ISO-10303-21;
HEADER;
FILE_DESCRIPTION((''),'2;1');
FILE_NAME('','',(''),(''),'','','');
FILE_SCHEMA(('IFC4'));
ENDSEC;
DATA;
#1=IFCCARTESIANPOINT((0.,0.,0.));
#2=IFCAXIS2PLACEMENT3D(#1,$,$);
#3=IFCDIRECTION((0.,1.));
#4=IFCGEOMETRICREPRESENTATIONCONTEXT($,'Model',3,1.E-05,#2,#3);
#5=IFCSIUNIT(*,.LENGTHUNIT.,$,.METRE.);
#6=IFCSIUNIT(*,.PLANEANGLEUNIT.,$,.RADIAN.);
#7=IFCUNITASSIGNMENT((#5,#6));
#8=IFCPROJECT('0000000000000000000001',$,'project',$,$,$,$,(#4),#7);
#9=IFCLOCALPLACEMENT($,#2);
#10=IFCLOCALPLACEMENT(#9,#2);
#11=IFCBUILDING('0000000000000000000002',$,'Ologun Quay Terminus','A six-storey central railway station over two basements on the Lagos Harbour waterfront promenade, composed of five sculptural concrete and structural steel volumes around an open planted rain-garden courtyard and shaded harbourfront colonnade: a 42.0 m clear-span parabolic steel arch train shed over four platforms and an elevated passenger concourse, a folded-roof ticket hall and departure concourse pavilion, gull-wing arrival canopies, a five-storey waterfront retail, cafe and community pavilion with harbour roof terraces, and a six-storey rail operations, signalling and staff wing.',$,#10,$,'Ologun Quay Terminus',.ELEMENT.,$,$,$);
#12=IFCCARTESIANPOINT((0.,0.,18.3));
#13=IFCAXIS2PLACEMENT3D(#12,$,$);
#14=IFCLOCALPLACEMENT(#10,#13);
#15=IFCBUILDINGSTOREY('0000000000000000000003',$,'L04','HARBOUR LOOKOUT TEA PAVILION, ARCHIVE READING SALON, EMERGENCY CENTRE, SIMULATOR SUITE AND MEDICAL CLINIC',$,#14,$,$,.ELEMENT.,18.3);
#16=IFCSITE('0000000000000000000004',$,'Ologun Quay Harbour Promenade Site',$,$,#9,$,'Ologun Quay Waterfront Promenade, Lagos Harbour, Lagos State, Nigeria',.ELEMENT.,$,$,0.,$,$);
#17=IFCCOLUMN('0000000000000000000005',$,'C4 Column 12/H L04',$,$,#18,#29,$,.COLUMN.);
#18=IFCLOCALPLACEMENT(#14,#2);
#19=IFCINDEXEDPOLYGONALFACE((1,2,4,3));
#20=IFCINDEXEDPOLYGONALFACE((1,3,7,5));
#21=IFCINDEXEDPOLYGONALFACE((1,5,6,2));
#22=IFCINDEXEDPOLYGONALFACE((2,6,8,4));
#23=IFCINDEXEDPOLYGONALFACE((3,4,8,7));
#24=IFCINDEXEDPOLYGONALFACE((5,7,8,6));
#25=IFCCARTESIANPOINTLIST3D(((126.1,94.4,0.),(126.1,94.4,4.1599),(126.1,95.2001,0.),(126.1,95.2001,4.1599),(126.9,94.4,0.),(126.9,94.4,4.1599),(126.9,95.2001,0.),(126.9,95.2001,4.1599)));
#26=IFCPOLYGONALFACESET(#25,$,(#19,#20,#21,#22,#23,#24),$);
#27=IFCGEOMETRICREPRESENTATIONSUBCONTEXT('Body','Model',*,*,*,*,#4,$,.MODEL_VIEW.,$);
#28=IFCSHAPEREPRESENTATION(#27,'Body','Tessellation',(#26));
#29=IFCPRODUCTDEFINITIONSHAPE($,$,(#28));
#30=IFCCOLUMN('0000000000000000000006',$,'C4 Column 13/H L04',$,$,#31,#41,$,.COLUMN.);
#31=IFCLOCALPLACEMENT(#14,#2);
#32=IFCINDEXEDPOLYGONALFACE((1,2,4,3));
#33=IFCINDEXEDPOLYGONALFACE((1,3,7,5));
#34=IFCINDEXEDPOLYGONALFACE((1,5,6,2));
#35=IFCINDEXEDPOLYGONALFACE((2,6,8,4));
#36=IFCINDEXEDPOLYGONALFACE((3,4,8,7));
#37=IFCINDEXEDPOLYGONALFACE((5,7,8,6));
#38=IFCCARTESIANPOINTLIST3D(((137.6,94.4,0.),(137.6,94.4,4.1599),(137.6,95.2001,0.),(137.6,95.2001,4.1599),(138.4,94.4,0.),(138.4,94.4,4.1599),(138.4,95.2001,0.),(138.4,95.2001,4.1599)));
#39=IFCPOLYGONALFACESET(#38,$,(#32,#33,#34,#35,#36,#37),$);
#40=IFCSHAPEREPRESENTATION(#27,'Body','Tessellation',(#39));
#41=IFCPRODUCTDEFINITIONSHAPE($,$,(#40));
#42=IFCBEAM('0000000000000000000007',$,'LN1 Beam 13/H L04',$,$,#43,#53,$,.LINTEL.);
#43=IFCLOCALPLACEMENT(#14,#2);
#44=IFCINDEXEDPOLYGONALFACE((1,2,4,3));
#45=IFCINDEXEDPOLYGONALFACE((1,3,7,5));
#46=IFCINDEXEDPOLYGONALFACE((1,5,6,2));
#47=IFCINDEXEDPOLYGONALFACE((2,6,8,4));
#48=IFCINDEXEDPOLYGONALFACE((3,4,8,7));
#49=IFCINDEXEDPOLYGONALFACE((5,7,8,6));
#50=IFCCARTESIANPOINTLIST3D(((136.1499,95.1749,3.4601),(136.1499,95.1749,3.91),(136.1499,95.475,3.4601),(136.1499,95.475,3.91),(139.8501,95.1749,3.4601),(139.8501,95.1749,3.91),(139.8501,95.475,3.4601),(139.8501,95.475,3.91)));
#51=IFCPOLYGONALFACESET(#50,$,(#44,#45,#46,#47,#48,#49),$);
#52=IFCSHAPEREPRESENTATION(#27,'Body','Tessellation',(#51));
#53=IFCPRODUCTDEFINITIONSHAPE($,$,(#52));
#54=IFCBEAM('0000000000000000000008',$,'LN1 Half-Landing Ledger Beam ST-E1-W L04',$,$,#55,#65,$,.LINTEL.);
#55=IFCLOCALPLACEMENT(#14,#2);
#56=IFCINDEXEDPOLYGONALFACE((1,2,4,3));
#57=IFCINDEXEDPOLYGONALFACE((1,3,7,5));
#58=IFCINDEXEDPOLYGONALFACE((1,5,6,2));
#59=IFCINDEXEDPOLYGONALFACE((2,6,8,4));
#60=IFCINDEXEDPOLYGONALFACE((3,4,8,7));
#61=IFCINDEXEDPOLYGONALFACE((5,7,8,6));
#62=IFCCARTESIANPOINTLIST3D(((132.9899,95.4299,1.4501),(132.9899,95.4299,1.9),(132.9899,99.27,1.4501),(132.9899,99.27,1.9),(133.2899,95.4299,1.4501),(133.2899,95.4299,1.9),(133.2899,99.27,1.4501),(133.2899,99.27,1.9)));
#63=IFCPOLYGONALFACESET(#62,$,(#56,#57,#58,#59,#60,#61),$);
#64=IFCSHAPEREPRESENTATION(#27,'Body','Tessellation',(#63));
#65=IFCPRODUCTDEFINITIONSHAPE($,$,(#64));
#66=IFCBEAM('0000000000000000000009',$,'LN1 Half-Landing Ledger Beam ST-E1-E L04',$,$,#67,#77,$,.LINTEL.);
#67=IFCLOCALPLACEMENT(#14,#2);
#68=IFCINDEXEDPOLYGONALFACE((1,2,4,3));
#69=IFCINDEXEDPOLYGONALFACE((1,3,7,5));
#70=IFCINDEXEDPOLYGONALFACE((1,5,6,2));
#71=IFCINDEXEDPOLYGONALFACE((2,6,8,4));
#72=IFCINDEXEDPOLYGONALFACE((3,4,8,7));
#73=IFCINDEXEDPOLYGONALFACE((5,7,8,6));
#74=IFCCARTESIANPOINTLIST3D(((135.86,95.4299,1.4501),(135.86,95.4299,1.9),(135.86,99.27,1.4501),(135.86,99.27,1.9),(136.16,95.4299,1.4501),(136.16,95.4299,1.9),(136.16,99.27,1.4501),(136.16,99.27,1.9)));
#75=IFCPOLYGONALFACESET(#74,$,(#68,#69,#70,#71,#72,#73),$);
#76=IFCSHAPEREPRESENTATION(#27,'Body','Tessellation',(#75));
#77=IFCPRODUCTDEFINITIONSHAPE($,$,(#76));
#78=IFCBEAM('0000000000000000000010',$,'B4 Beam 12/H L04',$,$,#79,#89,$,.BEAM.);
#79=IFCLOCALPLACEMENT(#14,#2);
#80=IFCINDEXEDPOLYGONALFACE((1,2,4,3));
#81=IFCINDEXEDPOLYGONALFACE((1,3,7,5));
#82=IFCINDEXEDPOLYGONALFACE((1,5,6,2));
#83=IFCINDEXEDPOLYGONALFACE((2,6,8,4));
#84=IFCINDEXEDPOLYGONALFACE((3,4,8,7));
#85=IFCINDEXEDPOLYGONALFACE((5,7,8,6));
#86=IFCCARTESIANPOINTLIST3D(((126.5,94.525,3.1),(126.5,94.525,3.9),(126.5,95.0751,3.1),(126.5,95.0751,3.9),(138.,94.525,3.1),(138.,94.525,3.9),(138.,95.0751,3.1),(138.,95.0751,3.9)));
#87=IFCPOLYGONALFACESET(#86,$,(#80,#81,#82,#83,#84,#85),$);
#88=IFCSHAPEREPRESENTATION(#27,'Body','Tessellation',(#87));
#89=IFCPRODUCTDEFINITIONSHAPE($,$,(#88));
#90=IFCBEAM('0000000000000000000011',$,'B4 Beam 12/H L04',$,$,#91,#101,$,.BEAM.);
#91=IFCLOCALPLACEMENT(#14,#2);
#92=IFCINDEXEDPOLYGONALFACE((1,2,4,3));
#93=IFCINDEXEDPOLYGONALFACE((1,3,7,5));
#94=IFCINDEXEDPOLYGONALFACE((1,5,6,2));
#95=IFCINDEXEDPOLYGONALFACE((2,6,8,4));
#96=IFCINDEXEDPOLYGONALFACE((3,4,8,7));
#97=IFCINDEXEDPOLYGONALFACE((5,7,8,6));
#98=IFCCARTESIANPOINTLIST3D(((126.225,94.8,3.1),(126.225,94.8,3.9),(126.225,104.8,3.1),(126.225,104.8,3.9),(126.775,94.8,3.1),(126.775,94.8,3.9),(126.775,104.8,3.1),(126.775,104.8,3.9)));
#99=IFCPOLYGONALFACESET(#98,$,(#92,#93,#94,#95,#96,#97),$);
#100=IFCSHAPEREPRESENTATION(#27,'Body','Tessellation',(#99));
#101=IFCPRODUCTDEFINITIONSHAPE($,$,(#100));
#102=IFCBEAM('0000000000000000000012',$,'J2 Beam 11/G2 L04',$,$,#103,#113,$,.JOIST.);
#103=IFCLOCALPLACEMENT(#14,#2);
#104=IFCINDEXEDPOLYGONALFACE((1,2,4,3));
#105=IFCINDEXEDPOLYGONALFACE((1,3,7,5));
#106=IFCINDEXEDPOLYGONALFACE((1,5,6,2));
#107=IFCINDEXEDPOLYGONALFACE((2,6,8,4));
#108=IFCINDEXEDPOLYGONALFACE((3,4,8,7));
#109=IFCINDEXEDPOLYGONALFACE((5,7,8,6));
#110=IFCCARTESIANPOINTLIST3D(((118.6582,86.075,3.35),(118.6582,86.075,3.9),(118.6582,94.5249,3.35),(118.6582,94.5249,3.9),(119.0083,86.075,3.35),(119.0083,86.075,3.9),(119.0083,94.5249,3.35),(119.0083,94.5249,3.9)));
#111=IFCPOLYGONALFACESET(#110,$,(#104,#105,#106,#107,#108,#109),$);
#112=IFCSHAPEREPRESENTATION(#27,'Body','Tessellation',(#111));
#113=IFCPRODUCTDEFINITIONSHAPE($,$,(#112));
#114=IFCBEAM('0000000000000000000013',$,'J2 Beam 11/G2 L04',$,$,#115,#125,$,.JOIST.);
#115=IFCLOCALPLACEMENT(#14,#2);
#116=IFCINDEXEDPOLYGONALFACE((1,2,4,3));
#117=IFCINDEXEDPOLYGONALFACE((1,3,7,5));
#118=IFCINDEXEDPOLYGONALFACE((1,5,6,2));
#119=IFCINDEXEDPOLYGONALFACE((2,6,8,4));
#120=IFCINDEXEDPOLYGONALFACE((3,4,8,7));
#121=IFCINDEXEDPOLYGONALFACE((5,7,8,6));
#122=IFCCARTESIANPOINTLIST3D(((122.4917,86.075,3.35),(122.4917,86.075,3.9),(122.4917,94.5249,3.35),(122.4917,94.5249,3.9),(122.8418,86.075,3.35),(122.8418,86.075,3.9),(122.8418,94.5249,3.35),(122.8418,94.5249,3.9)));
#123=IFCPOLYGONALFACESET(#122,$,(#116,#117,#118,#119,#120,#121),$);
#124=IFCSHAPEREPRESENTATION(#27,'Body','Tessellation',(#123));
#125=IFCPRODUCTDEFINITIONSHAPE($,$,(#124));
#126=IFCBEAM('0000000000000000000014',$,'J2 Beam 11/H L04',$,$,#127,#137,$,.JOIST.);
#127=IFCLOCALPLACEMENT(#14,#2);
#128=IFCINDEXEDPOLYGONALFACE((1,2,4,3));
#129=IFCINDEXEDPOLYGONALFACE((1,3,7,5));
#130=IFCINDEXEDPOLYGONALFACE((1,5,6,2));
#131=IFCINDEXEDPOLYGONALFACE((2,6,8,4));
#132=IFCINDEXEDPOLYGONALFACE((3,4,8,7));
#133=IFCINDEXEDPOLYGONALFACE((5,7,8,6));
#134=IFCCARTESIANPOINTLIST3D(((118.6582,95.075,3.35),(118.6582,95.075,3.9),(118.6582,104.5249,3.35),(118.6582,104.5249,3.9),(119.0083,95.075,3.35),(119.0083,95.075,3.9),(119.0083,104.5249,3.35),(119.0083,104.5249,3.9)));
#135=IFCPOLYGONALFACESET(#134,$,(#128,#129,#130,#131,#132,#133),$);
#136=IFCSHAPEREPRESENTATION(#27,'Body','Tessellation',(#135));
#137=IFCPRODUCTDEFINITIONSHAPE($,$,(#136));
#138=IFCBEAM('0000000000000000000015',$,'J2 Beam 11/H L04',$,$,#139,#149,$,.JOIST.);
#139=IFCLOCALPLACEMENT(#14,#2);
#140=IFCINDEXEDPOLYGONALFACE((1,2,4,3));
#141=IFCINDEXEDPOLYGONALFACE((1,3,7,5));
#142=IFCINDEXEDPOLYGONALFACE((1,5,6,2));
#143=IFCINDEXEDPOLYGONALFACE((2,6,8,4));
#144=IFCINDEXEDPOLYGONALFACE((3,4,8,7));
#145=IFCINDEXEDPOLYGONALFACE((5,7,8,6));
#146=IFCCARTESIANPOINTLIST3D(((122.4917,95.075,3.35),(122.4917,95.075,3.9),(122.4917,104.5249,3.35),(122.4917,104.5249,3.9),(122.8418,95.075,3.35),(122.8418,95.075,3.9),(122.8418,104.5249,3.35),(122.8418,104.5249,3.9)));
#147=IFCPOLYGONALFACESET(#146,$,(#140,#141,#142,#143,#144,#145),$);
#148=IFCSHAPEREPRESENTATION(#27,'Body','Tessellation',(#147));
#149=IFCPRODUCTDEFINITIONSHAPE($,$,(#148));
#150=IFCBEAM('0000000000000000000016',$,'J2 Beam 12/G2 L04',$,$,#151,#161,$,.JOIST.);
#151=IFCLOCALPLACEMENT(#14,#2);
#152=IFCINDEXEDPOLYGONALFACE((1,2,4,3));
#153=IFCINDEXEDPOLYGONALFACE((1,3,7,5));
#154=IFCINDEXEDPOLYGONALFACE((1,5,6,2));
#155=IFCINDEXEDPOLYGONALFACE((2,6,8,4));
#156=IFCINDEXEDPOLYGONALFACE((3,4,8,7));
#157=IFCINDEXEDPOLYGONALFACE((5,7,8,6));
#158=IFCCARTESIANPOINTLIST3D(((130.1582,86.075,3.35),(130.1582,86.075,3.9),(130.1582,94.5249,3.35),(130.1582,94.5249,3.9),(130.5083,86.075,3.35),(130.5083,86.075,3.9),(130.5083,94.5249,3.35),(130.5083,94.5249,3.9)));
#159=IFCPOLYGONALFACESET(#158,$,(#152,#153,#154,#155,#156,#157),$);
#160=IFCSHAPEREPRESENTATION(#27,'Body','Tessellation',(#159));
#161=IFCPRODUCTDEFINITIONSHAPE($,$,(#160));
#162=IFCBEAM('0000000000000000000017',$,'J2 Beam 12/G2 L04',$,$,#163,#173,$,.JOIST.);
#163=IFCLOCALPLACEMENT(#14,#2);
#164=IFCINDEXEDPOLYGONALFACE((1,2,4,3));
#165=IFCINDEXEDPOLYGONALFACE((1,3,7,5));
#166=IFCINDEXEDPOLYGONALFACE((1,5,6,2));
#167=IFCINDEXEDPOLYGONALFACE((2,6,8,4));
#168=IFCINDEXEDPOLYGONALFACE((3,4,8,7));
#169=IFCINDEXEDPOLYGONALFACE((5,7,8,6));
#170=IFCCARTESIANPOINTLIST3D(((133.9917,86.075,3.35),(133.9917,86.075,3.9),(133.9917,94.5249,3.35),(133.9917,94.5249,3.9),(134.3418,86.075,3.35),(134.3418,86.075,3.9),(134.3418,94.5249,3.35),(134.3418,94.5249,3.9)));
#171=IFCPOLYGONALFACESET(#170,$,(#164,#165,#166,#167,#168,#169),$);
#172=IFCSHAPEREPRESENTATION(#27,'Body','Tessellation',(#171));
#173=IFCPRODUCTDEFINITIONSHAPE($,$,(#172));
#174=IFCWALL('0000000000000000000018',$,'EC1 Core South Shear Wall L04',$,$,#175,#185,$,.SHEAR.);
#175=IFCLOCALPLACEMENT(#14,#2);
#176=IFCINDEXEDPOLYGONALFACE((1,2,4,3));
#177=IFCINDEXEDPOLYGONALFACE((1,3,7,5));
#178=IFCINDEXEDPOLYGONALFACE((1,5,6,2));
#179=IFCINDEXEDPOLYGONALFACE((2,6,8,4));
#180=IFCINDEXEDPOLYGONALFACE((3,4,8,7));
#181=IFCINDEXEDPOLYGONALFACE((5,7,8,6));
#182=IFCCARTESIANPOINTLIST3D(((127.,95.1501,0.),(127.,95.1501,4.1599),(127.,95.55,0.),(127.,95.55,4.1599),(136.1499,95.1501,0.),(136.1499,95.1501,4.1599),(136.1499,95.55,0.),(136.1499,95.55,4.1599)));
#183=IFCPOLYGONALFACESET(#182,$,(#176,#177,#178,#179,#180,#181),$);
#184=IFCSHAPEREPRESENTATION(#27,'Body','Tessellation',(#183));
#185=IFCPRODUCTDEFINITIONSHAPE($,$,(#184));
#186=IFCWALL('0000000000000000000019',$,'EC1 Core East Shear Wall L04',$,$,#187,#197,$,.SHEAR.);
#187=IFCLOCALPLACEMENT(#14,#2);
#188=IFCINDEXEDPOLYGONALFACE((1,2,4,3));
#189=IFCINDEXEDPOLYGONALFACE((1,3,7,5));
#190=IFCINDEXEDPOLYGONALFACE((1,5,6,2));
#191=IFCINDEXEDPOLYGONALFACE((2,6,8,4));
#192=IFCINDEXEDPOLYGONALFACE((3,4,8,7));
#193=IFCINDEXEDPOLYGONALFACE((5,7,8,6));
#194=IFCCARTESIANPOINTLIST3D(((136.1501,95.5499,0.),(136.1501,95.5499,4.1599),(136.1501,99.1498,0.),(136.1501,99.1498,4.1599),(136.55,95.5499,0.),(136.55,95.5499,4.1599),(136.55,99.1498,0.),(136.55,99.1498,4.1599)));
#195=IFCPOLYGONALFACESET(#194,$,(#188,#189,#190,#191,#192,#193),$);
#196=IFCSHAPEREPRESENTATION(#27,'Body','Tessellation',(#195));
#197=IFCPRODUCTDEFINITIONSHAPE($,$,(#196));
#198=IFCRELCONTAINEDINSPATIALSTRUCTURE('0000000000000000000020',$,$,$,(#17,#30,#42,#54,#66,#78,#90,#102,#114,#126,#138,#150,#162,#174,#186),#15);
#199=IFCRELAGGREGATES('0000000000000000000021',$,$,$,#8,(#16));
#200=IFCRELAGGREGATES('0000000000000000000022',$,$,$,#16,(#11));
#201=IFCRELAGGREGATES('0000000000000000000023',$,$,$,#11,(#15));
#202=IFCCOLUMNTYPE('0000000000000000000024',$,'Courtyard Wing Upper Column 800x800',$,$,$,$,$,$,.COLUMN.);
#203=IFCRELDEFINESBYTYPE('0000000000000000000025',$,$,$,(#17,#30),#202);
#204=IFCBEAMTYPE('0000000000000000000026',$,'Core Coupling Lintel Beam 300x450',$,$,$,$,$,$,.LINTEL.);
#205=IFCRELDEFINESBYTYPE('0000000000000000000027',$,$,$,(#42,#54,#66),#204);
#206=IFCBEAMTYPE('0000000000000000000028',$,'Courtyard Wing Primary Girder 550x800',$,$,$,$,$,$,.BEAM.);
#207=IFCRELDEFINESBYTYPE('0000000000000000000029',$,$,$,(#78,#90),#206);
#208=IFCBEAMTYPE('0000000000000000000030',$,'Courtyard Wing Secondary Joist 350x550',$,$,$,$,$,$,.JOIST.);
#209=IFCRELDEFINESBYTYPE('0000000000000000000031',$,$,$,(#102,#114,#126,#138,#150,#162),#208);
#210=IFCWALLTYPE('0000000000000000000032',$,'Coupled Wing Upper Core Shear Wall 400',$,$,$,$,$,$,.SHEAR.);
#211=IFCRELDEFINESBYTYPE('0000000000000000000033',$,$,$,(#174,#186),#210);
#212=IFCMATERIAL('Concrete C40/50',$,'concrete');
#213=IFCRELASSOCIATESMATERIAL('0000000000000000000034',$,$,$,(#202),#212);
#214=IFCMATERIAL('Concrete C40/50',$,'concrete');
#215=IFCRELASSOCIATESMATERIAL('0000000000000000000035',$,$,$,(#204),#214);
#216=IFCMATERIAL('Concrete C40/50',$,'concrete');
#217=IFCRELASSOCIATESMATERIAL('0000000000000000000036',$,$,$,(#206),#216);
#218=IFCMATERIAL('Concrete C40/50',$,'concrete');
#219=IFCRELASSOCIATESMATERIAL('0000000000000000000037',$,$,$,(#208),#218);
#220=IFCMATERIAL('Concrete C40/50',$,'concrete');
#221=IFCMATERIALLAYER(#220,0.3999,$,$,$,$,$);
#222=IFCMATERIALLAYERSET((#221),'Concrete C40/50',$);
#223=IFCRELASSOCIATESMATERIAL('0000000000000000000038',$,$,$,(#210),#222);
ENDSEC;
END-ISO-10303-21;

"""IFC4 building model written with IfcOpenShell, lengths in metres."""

from ifc_helpers import new_model, si_unit, direction, frame, frame_2d, origin, origin_2d, place, context, subcontext, project, spatial, rectangle, extrude, material, layer, layer_set, material_profile, profile_set, type_object, element, save


model = new_model("IFC4")

# Units and contexts
model_context = context("Model", 3, precision=1e-05, world=origin(), true_north=direction((0.0, 1.0)))
body_context = subcontext(model_context, "Body", "Model", "MODEL_VIEW")
ifc_project = project(units=[si_unit("LENGTHUNIT", "METRE"), si_unit("PLANEANGLEUNIT", "RADIAN")], contexts=[model_context])

# Site, building, storey
site_placement = place(None, origin())
site = spatial("IfcSite", under=ifc_project, at=site_placement, Name="Ologun Quay Harbour Promenade Site", LongName="Ologun Quay Waterfront Promenade, Lagos Harbour, Lagos State, Nigeria", CompositionType="ELEMENT", RefElevation=0.0)
building_placement = place(site_placement, origin())
building = spatial("IfcBuilding", under=site, at=building_placement, Name="Ologun Quay Terminus", Description="A six-storey central railway station over two basements on the Lagos Harbour waterfront promenade, composed of five sculptural concrete and structural steel volumes around an open planted rain-garden courtyard and shaded harbourfront colonnade: a 42.0 m clear-span parabolic steel arch train shed over four platforms and an elevated passenger concourse, a folded-roof ticket hall and departure concourse pavilion, gull-wing arrival canopies, a five-storey waterfront retail, cafe and community pavilion with harbour roof terraces, and a six-storey rail operations, signalling and staff wing.", LongName="Ologun Quay Terminus", CompositionType="ELEMENT")
storey_placement = place(building_placement, frame((0.0, 0.0, 18.3)))
storey = spatial("IfcBuildingStorey", under=building, at=storey_placement, Name="L04", Description="HARBOUR LOOKOUT TEA PAVILION, ARCHIVE READING SALON, EMERGENCY CENTRE, SIMULATOR SUITE AND MEDICAL CLINIC", CompositionType="ELEMENT", Elevation=18.3)

# Columns
ifc_material_1 = material(Name="Concrete C40/50", Category="concrete")
ifc_material_profile_1 = material_profile(ifc_material_1, rectangle(XDim=0.8, YDim=0.8, at=origin_2d()), Name="RC 800x800")
ifc_profile_set_1 = profile_set([ifc_material_profile_1], Name="Concrete C40/50")
column_type = type_object("IfcColumnType", Name="Courtyard Wing Upper Column 800x800", PredefinedType="COLUMN", material=ifc_profile_set_1)
for number, where, z_axis, x_axis, name in (
    (1, (126.5, 94.8, 0.0), (0.0, 0.0, 1.0), (1.0, 0.0, 0.0), "C4 Column 12/H L04"),
    (2, (138.0, 94.8, 0.0), (0.0, 0.0, 1.0), (1.0, 0.0, 0.0), "C4 Column 13/H L04"),
):
    element("IfcColumn", number, at=place(storey_placement, frame(where, z_axis=z_axis, x_axis=x_axis)), inside=storey, type_object=column_type, Name=name, PredefinedType="COLUMN", context=body_context, shape_type="SweptSolid", body=[
        extrude(rectangle(XDim=0.8, YDim=0.8, at=origin_2d()), origin(), (0.0, 0.0, 1.0), 4.1599),
    ])

# Beams
ifc_material_2 = material(Name="Concrete C40/50", Category="concrete")
ifc_material_profile_2 = material_profile(ifc_material_2, rectangle(XDim=0.3, YDim=0.45, at=origin_2d()), Name="RC 300x450")
ifc_profile_set_2 = profile_set([ifc_material_profile_2], Name="Concrete C40/50")
beam_type_1 = type_object("IfcBeamType", Name="Core Coupling Lintel Beam 300x450", PredefinedType="LINTEL", material=ifc_profile_set_2)
beam_1_placement = place(storey_placement, frame((136.1499, 95.325, 3.6851), z_axis=(1.0, 0.0, 0.0), x_axis=(0.0, 1.0, 0.0)))
element("IfcBeam", 3, at=beam_1_placement, inside=storey, type_object=beam_type_1, Name="LN1 Beam 13/H L04", PredefinedType="LINTEL", context=body_context, shape_type="SweptSolid", body=[
    extrude(rectangle(XDim=0.3, YDim=0.45, at=origin_2d()), origin(), (0.0, 0.0, 1.0), 3.7002),
])
for number, where, z_axis, x_axis, name in (
    (4, (133.1399, 95.4299, 1.675), (0.0, 1.0, 0.0), (-1.0, 0.0, 0.0), "LN1 Half-Landing Ledger Beam ST-E1-W L04"),
    (5, (136.01, 95.4299, 1.675), (0.0, 1.0, 0.0), (-1.0, 0.0, 0.0), "LN1 Half-Landing Ledger Beam ST-E1-E L04"),
):
    element("IfcBeam", number, at=place(storey_placement, frame(where, z_axis=z_axis, x_axis=x_axis)), inside=storey, type_object=beam_type_1, Name=name, PredefinedType="LINTEL", context=body_context, shape_type="SweptSolid", body=[
        extrude(rectangle(XDim=0.3, YDim=0.45, at=origin_2d()), origin(), (0.0, 0.0, 1.0), 3.8401),
    ])
ifc_material_3 = material(Name="Concrete C40/50", Category="concrete")
ifc_material_profile_3 = material_profile(ifc_material_3, rectangle(XDim=0.55, YDim=0.8, at=origin_2d()), Name="RC 550x800")
ifc_profile_set_3 = profile_set([ifc_material_profile_3], Name="Concrete C40/50")
beam_type_2 = type_object("IfcBeamType", Name="Courtyard Wing Primary Girder 550x800", PredefinedType="BEAM", material=ifc_profile_set_3)
beam_2_placement = place(storey_placement, frame((126.5, 94.8, 3.5), z_axis=(1.0, 0.0, 0.0), x_axis=(0.0, 1.0, 0.0)))
element("IfcBeam", 6, at=beam_2_placement, inside=storey, type_object=beam_type_2, Name="B4 Beam 12/H L04", PredefinedType="BEAM", context=body_context, shape_type="SweptSolid", body=[
    extrude(rectangle(XDim=0.55, YDim=0.8, at=origin_2d()), origin(), (0.0, 0.0, 1.0), 11.5),
])
beam_3_placement = place(storey_placement, frame((126.5, 94.8, 3.5), z_axis=(0.0, 1.0, 0.0), x_axis=(-1.0, 0.0, 0.0)))
element("IfcBeam", 7, at=beam_3_placement, inside=storey, type_object=beam_type_2, Name="B4 Beam 12/H L04", PredefinedType="BEAM", context=body_context, shape_type="SweptSolid", body=[
    extrude(rectangle(XDim=0.55, YDim=0.8, at=origin_2d()), origin(), (0.0, 0.0, 1.0), 10.0),
])
ifc_material_4 = material(Name="Concrete C40/50", Category="concrete")
ifc_material_profile_4 = material_profile(ifc_material_4, rectangle(XDim=0.3501, YDim=0.55, at=origin_2d()), Name="RC 350x550")
ifc_profile_set_4 = profile_set([ifc_material_profile_4], Name="Concrete C40/50")
beam_type_3 = type_object("IfcBeamType", Name="Courtyard Wing Secondary Joist 350x550", PredefinedType="JOIST", material=ifc_profile_set_4)
for number, where, z_axis, x_axis, name in (
    (8, (118.8333, 86.075, 3.625), (0.0, 1.0, 0.0), (-1.0, 0.0, 0.0), "J2 Beam 11/G2 L04"),
    (9, (122.6667, 86.075, 3.625), (0.0, 1.0, 0.0), (-1.0, 0.0, 0.0), "J2 Beam 11/G2 L04"),
):
    element("IfcBeam", number, at=place(storey_placement, frame(where, z_axis=z_axis, x_axis=x_axis)), inside=storey, type_object=beam_type_3, Name=name, PredefinedType="JOIST", context=body_context, shape_type="SweptSolid", body=[
        extrude(rectangle(XDim=0.3501, YDim=0.55, at=origin_2d()), origin(), (0.0, 0.0, 1.0), 8.45),
    ])
for number, where, z_axis, x_axis, name in (
    (10, (118.8333, 95.075, 3.625), (0.0, 1.0, 0.0), (-1.0, 0.0, 0.0), "J2 Beam 11/H L04"),
    (11, (122.6667, 95.075, 3.625), (0.0, 1.0, 0.0), (-1.0, 0.0, 0.0), "J2 Beam 11/H L04"),
):
    element("IfcBeam", number, at=place(storey_placement, frame(where, z_axis=z_axis, x_axis=x_axis)), inside=storey, type_object=beam_type_3, Name=name, PredefinedType="JOIST", context=body_context, shape_type="SweptSolid", body=[
        extrude(rectangle(XDim=0.3501, YDim=0.55, at=origin_2d()), origin(), (0.0, 0.0, 1.0), 9.45),
    ])
for number, where, z_axis, x_axis, name in (
    (12, (130.3333, 86.075, 3.625), (0.0, 1.0, 0.0), (-1.0, 0.0, 0.0), "J2 Beam 12/G2 L04"),
    (13, (134.1667, 86.075, 3.625), (0.0, 1.0, 0.0), (-1.0, 0.0, 0.0), "J2 Beam 12/G2 L04"),
):
    element("IfcBeam", number, at=place(storey_placement, frame(where, z_axis=z_axis, x_axis=x_axis)), inside=storey, type_object=beam_type_3, Name=name, PredefinedType="JOIST", context=body_context, shape_type="SweptSolid", body=[
        extrude(rectangle(XDim=0.3501, YDim=0.55, at=origin_2d()), origin(), (0.0, 0.0, 1.0), 8.45),
    ])

# Walls
ifc_material_5 = material(Name="Concrete C40/50", Category="concrete")
ifc_layer_1 = layer(ifc_material_5, 0.3999)
ifc_layer_set_1 = layer_set([ifc_layer_1], Name="Concrete C40/50")
wall_type_1 = type_object("IfcWallType", Name="Coupled Wing Upper Core Shear Wall 400", PredefinedType="SHEAR", material=ifc_layer_set_1)
wall_1_placement = place(storey_placement, frame((127.0, 95.3501, 0.0), z_axis=(0.0, 0.0, 1.0), x_axis=(1.0, 0.0, 0.0)))
element("IfcWall", 14, at=wall_1_placement, inside=storey, type_object=wall_type_1, Name="EC1 Core South Shear Wall L04", PredefinedType="SHEAR", context=body_context, shape_type="SweptSolid", body=[
    extrude(rectangle(XDim=9.1499, YDim=0.3999, at=frame_2d((4.575, 0.0))), origin(), (0.0, 0.0, 1.0), 4.1599),
])
wall_2_placement = place(storey_placement, frame((136.3501, 95.55, 0.0), z_axis=(0.0, 0.0, 1.0), x_axis=(0.0, 1.0, 0.0)))
element("IfcWall", 15, at=wall_2_placement, inside=storey, type_object=wall_type_1, Name="EC1 Core East Shear Wall L04", PredefinedType="SHEAR", context=body_context, shape_type="SweptSolid", body=[
    extrude(rectangle(XDim=3.5999, YDim=0.3999, at=frame_2d((1.7998, 0.0))), origin(), (0.0, 0.0, 1.0), 4.1599),
])

save(model, "model.ifc")
